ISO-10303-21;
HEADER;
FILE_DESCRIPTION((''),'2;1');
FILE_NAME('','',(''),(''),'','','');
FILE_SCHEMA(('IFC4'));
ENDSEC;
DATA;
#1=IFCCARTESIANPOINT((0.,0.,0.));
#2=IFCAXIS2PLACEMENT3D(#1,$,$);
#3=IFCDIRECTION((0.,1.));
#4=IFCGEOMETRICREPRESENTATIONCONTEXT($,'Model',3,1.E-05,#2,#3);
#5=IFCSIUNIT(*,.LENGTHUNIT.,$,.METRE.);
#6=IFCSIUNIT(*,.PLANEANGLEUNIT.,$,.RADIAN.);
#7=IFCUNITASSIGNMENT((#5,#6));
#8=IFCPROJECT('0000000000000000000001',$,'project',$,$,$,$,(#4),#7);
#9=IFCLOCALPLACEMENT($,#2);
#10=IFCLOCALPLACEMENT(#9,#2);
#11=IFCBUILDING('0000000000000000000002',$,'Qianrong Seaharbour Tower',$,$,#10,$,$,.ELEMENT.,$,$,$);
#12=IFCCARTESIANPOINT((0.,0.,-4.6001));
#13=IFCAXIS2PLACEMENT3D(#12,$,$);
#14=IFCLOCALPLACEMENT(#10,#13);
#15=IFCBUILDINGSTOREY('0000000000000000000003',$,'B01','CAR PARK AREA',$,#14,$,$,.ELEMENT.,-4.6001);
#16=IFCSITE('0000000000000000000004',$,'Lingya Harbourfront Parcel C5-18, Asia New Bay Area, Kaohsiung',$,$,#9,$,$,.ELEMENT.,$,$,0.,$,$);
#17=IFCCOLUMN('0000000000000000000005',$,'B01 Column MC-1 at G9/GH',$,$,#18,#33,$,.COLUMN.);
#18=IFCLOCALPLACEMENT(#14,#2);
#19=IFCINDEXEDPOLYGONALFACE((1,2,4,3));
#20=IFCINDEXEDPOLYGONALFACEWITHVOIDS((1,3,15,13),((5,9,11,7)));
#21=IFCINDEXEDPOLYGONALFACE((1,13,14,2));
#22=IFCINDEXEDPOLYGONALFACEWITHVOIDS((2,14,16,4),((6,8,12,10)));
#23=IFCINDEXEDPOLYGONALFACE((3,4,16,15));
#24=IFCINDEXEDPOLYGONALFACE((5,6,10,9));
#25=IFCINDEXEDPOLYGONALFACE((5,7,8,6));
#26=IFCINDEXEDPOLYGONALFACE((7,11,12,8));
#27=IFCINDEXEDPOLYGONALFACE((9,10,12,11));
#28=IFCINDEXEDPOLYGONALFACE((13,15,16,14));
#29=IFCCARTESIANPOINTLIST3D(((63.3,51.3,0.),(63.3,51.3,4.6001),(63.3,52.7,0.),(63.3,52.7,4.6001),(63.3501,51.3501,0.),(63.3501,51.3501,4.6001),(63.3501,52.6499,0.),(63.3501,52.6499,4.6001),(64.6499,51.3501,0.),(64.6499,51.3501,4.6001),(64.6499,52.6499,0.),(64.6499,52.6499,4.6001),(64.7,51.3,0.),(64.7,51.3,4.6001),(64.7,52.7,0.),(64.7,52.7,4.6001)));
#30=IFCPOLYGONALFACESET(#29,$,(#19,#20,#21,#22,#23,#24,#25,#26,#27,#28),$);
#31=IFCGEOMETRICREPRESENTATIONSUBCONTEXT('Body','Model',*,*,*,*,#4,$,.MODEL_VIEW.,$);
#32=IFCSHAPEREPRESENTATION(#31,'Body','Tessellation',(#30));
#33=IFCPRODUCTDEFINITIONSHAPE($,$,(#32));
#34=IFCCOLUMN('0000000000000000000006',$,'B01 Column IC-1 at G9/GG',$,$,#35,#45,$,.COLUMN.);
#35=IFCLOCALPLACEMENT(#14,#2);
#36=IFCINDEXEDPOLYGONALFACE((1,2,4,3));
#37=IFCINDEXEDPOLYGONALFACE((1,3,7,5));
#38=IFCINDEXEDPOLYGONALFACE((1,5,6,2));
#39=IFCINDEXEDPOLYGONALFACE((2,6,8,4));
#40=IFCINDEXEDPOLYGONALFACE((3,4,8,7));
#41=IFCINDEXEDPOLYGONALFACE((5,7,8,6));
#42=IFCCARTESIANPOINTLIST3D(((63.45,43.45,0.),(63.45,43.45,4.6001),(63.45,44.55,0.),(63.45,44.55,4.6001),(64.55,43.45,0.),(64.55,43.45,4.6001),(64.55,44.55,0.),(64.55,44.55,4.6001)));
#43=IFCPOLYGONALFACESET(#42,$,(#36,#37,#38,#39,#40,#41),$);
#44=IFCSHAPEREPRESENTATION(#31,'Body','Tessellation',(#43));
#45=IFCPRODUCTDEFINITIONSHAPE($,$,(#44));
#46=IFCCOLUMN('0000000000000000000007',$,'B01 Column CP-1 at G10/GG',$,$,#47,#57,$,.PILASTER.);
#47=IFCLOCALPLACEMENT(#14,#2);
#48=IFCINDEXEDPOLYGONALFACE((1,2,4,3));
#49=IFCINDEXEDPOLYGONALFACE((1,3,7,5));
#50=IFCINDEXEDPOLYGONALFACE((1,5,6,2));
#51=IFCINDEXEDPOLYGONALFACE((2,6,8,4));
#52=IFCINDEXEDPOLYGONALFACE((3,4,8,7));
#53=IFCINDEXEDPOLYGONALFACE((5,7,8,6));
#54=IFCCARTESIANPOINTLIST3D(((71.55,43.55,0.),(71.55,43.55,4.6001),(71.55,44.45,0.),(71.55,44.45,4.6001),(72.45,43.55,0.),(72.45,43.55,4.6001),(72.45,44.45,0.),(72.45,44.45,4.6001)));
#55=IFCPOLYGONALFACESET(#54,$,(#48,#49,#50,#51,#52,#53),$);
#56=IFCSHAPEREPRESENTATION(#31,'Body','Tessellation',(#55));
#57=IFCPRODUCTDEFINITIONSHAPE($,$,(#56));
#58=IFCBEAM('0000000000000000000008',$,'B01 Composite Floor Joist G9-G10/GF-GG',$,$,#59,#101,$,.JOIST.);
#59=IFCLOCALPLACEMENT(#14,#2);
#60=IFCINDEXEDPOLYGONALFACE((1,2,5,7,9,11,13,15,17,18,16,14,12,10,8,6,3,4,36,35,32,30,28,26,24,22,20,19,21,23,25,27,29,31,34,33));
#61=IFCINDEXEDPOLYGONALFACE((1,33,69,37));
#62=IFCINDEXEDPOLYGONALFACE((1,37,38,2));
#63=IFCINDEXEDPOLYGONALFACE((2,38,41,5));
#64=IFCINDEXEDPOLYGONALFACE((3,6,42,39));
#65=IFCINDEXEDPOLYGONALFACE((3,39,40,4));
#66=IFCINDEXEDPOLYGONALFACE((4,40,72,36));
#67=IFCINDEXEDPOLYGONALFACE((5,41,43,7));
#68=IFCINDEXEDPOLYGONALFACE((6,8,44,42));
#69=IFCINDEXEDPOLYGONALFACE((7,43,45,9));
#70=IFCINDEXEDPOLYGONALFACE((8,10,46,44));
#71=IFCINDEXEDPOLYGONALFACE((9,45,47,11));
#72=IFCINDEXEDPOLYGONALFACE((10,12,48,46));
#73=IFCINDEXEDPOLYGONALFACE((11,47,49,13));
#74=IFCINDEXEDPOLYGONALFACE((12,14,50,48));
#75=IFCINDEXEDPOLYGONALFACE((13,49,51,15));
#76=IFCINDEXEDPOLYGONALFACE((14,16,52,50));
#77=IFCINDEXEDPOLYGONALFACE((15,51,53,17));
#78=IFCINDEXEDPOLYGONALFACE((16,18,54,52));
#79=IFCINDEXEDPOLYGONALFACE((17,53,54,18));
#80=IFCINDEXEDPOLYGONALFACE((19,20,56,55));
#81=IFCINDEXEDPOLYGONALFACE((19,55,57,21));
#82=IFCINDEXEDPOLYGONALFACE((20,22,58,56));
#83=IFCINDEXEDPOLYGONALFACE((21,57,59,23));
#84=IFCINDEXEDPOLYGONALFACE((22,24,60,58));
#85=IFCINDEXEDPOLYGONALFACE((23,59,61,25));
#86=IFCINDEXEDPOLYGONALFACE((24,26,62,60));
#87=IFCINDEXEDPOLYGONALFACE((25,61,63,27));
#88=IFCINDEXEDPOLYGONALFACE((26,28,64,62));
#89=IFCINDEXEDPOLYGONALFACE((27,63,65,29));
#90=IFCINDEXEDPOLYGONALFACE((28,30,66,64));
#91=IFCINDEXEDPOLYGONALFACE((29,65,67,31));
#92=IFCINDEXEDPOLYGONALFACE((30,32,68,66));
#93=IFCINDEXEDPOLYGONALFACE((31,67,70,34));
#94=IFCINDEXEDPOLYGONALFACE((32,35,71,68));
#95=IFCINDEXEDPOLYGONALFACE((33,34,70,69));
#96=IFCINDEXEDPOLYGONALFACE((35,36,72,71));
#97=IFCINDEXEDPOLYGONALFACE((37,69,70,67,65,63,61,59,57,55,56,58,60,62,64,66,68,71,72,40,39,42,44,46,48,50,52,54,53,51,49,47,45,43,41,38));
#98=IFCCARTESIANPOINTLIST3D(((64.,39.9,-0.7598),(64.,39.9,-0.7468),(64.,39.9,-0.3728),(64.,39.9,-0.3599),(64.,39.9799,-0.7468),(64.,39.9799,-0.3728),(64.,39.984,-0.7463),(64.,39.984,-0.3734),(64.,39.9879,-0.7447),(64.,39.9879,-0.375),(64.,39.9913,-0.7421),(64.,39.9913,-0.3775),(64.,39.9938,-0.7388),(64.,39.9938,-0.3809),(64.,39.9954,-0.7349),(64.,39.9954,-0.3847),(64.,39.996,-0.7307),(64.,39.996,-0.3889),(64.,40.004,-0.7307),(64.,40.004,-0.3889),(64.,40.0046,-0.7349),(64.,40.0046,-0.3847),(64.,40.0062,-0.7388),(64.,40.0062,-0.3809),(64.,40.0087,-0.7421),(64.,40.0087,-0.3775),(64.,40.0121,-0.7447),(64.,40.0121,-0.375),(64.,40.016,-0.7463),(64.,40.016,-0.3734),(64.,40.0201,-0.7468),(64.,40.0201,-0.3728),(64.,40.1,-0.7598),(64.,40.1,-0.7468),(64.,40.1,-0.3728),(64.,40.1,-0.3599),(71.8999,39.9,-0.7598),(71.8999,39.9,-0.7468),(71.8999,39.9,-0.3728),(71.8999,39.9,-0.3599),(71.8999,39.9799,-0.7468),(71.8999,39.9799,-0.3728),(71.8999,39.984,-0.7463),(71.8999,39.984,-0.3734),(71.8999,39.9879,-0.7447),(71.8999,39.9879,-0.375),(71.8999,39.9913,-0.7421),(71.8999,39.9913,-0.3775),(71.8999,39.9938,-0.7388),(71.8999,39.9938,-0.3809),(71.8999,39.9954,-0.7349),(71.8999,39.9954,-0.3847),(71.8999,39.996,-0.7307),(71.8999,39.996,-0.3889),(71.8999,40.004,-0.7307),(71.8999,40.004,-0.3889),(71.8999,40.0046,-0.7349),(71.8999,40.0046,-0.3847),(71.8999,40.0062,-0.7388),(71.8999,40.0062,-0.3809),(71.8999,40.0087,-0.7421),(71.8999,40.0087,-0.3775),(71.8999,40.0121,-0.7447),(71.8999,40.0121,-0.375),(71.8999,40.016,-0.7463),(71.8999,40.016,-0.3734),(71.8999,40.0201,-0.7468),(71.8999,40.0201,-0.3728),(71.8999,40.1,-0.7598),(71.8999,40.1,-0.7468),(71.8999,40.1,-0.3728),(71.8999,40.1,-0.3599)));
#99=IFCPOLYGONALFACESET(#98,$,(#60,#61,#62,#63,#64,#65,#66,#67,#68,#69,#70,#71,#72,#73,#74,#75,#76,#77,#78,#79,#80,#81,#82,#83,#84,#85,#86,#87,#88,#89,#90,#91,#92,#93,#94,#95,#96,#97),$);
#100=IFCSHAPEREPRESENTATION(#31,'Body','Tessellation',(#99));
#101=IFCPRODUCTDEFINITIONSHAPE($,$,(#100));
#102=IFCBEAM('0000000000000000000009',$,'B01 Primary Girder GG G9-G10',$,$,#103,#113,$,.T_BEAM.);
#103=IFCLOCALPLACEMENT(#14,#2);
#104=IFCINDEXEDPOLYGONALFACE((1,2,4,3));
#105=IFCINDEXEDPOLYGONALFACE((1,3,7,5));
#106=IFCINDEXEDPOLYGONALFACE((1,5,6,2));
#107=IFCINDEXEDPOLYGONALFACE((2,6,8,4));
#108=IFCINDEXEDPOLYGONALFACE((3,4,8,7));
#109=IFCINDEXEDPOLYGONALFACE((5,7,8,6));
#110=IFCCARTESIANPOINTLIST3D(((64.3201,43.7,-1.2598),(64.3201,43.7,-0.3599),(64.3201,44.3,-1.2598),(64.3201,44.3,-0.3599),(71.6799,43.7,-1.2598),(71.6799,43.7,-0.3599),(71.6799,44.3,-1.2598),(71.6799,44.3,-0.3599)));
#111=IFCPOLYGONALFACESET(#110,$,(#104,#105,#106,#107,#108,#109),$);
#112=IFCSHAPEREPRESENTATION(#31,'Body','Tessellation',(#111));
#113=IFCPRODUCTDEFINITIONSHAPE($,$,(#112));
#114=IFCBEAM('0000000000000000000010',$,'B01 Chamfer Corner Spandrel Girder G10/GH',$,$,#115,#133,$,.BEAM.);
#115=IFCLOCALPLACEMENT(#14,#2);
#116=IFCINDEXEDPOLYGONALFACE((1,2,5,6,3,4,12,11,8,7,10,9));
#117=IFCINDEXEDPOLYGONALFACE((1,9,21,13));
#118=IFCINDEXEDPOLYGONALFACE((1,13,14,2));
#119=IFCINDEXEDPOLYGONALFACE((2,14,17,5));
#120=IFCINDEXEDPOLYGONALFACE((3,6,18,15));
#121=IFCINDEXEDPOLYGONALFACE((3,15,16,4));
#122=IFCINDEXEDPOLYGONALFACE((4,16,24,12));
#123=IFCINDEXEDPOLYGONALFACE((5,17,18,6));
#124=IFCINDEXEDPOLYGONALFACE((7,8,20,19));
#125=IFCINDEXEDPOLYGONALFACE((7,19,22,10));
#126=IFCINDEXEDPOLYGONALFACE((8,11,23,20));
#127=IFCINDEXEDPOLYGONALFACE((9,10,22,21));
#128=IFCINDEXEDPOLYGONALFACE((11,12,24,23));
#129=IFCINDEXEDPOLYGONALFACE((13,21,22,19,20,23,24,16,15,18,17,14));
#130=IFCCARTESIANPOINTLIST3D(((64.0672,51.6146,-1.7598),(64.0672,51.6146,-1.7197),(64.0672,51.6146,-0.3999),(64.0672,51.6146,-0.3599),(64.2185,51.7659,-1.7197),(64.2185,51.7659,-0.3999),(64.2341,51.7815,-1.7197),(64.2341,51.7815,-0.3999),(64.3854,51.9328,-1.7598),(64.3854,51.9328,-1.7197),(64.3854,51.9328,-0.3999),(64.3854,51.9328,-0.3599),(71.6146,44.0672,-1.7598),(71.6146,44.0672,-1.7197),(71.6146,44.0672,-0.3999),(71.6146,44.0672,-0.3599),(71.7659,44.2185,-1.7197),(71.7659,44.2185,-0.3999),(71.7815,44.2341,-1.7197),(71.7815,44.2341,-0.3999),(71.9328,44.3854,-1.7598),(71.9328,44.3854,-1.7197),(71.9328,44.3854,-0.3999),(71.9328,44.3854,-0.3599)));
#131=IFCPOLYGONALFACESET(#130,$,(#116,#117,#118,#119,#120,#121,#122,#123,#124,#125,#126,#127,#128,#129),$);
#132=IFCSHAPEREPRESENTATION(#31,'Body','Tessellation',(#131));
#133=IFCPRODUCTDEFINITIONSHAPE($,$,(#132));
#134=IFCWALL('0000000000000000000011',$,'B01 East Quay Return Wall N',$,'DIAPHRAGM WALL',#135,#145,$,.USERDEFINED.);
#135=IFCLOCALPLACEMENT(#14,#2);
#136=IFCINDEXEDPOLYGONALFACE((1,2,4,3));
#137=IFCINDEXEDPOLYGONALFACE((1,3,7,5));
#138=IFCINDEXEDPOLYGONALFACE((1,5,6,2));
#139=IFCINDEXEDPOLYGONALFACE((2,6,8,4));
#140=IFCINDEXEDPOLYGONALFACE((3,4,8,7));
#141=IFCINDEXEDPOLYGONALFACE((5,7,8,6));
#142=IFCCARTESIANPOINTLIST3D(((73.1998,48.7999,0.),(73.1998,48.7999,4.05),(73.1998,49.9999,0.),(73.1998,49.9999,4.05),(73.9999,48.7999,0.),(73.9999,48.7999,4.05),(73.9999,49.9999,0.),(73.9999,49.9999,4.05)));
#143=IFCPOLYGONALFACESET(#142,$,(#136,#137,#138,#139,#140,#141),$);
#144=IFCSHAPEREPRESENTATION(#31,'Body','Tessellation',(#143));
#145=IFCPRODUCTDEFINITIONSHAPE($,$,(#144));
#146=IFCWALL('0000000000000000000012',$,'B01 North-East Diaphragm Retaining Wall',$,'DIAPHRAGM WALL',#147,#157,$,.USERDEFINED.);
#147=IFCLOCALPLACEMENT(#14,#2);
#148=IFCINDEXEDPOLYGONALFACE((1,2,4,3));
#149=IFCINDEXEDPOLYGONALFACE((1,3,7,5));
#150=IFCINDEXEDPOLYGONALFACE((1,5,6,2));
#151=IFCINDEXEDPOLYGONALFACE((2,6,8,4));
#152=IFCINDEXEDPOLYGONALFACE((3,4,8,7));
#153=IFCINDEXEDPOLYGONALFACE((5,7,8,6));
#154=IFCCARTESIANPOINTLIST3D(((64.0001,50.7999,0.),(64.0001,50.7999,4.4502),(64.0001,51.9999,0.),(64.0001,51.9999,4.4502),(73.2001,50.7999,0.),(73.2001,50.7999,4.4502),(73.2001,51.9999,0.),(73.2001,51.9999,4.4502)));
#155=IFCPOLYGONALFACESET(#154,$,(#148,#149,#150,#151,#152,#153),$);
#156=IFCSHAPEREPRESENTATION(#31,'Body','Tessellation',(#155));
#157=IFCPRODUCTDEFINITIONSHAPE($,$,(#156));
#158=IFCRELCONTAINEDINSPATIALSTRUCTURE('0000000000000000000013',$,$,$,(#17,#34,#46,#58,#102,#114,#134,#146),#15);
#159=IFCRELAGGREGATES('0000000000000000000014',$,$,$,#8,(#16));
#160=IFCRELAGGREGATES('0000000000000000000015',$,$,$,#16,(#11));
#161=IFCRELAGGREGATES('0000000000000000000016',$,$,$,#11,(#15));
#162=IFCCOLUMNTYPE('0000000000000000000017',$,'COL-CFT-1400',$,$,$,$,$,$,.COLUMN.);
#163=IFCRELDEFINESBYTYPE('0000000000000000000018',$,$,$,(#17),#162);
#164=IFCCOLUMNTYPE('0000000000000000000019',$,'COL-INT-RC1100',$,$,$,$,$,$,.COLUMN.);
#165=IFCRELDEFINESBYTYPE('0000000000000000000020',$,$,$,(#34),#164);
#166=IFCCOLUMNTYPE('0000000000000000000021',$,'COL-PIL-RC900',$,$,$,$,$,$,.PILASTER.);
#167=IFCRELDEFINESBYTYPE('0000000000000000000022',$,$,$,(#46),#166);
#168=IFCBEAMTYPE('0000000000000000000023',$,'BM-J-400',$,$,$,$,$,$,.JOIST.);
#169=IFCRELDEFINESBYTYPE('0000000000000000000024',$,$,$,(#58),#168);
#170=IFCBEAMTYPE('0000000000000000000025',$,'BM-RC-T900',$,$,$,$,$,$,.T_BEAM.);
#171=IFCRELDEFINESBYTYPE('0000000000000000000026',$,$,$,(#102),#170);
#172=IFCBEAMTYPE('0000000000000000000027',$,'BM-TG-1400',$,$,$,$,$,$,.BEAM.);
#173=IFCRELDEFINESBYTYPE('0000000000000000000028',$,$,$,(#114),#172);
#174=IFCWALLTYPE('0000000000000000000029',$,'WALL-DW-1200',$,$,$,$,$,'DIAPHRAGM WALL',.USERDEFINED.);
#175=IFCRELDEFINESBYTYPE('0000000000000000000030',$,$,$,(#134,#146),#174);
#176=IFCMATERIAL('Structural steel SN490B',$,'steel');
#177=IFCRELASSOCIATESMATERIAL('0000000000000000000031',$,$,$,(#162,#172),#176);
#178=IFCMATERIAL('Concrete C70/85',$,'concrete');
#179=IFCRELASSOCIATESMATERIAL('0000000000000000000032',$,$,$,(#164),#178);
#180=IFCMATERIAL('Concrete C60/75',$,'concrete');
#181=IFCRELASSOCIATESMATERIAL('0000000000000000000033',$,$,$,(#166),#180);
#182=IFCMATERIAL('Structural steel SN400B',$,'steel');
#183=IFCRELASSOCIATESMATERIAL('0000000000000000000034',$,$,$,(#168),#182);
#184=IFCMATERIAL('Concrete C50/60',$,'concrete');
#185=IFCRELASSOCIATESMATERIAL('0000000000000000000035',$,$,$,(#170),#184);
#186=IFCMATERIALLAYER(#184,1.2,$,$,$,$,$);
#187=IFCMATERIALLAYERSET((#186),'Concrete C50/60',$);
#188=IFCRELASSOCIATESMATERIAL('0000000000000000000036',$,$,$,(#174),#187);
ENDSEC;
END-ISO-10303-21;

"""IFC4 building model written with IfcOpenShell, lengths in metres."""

from ifc_helpers import new_model, si_unit, direction, frame, frame_2d, origin, origin_2d, place, context, subcontext, project, spatial, rectangle, hollow_rectangle, i_section, extrude, material, layer, layer_set, material_profile, profile_set, type_object, element, save


model = new_model("IFC4")

# Units and contexts
model_context = context("Model", 3, precision=1e-05, world=origin(), true_north=direction((0.0, 1.0)))
body_context = subcontext(model_context, "Body", "Model", "MODEL_VIEW")
ifc_project = project(units=[si_unit("LENGTHUNIT", "METRE"), si_unit("PLANEANGLEUNIT", "RADIAN")], contexts=[model_context])

# Site, building, storey
site_placement = place(None, origin())
site = spatial("IfcSite", under=ifc_project, at=site_placement, Name="Lingya Harbourfront Parcel C5-18, Asia New Bay Area, Kaohsiung", CompositionType="ELEMENT", RefElevation=0.0)
building_placement = place(site_placement, origin())
building = spatial("IfcBuilding", under=site, at=building_placement, Name="Qianrong Seaharbour Tower", CompositionType="ELEMENT")
storey_placement = place(building_placement, frame((0.0, 0.0, -4.6001)))
storey = spatial("IfcBuildingStorey", under=building, at=storey_placement, Name="B01", Description="CAR PARK AREA", CompositionType="ELEMENT", Elevation=-4.6001)

# Columns
ifc_material_1 = material(Name="Structural steel SN490B", Category="steel")
ifc_material_profile_1 = material_profile(ifc_material_1, hollow_rectangle(XDim=1.3999, YDim=1.3999, WallThickness=0.05, at=origin_2d()), Name="BOX1400x1400x50")
ifc_profile_set_1 = profile_set([ifc_material_profile_1], Name="Structural steel SN490B")
column_type_1 = type_object("IfcColumnType", Name="COL-CFT-1400", PredefinedType="COLUMN", material=ifc_profile_set_1)
column_1_placement = place(storey_placement, frame((64.0, 52.0, 0.0), z_axis=(0.0, 0.0, 1.0), x_axis=(1.0, 0.0, 0.0)))
element("IfcColumn", 1, at=column_1_placement, inside=storey, type_object=column_type_1, Name="B01 Column MC-1 at G9/GH", PredefinedType="COLUMN", context=body_context, shape_type="SweptSolid", body=[
    extrude(hollow_rectangle(XDim=1.3999, YDim=1.3999, WallThickness=0.05, at=origin_2d()), origin(), (0.0, 0.0, 1.0), 4.6001),
])
ifc_material_2 = material(Name="Concrete C70/85", Category="concrete")
ifc_material_profile_2 = material_profile(ifc_material_2, rectangle(XDim=1.1001, YDim=1.1001, at=origin_2d()), Name="RC1100x1100")
ifc_profile_set_2 = profile_set([ifc_material_profile_2], Name="Concrete C70/85")
column_type_2 = type_object("IfcColumnType", Name="COL-INT-RC1100", PredefinedType="COLUMN", material=ifc_profile_set_2)
column_2_placement = place(storey_placement, frame((64.0, 44.0, 0.0), z_axis=(0.0, 0.0, 1.0), x_axis=(1.0, 0.0, 0.0)))
element("IfcColumn", 2, at=column_2_placement, inside=storey, type_object=column_type_2, Name="B01 Column IC-1 at G9/GG", PredefinedType="COLUMN", context=body_context, shape_type="SweptSolid", body=[
    extrude(rectangle(XDim=1.1001, YDim=1.1001, at=origin_2d()), origin(), (0.0, 0.0, 1.0), 4.6001),
])
ifc_material_3 = material(Name="Concrete C60/75", Category="concrete")
ifc_material_profile_3 = material_profile(ifc_material_3, rectangle(XDim=0.8999, YDim=0.8999, at=origin_2d()), Name="RC900x900")
ifc_profile_set_3 = profile_set([ifc_material_profile_3], Name="Concrete C60/75")
column_type_3 = type_object("IfcColumnType", Name="COL-PIL-RC900", PredefinedType="PILASTER", material=ifc_profile_set_3)
column_3_placement = place(storey_placement, frame((72.0, 44.0, 0.0), z_axis=(0.0, 0.0, 1.0), x_axis=(1.0, 0.0, 0.0)))
element("IfcColumn", 3, at=column_3_placement, inside=storey, type_object=column_type_3, Name="B01 Column CP-1 at G10/GG", PredefinedType="PILASTER", context=body_context, shape_type="SweptSolid", body=[
    extrude(rectangle(XDim=0.8999, YDim=0.8999, at=origin_2d()), origin(), (0.0, 0.0, 1.0), 4.6001),
])

# Beams
ifc_material_4 = material(Name="Structural steel SN400B", Category="steel")
ifc_material_profile_4 = material_profile(ifc_material_4, i_section(OverallWidth=0.2, OverallDepth=0.3999, WebThickness=0.0081, FlangeThickness=0.0129, FilletRadius=0.0161, at=origin_2d()), Name="H400x200x8x13")
ifc_profile_set_4 = profile_set([ifc_material_profile_4], Name="Structural steel SN400B")
beam_type_1 = type_object("IfcBeamType", Name="BM-J-400", PredefinedType="JOIST", material=ifc_profile_set_4)
beam_1_placement = place(storey_placement, frame((64.0, 40.0, -0.5598), z_axis=(1.0, 0.0, 0.0), x_axis=(0.0, 1.0, 0.0)))
element("IfcBeam", 4, at=beam_1_placement, inside=storey, type_object=beam_type_1, Name="B01 Composite Floor Joist G9-G10/GF-GG", PredefinedType="JOIST", context=body_context, shape_type="SweptSolid", body=[
    extrude(i_section(OverallWidth=0.2, OverallDepth=0.3999, WebThickness=0.0081, FlangeThickness=0.0129, FilletRadius=0.0161, at=origin_2d()), origin(), (0.0, 0.0, 1.0), 7.8999),
])
ifc_material_5 = material(Name="Concrete C50/60", Category="concrete")
ifc_material_profile_5 = material_profile(ifc_material_5, rectangle(XDim=0.6001, YDim=0.8999, at=origin_2d()), Name="RC600x900")
ifc_profile_set_5 = profile_set([ifc_material_profile_5], Name="Concrete C50/60")
beam_type_2 = type_object("IfcBeamType", Name="BM-RC-T900", PredefinedType="T_BEAM", material=ifc_profile_set_5)
beam_2_placement = place(storey_placement, frame((64.3201, 44.0, -0.8098), z_axis=(1.0, 0.0, 0.0), x_axis=(0.0, 1.0, 0.0)))
element("IfcBeam", 5, at=beam_2_placement, inside=storey, type_object=beam_type_2, Name="B01 Primary Girder GG G9-G10", PredefinedType="T_BEAM", context=body_context, shape_type="SweptSolid", body=[
    extrude(rectangle(XDim=0.6001, YDim=0.8999, at=origin_2d()), origin(), (0.0, 0.0, 1.0), 7.3599),
])
ifc_material_profile_6 = material_profile(ifc_material_1, i_section(OverallWidth=0.45, OverallDepth=1.3999, WebThickness=0.022, FlangeThickness=0.04, at=origin_2d()), Name="BH1400x450x22x40")
ifc_profile_set_6 = profile_set([ifc_material_profile_6], Name="Structural steel SN490B")
beam_type_3 = type_object("IfcBeamType", Name="BM-TG-1400", PredefinedType="BEAM", material=ifc_profile_set_6)
beam_3_placement = place(storey_placement, frame((64.2263, 51.7737, -1.0598), z_axis=(0.707107, -0.707107, 0.0), x_axis=(0.707107, 0.707107, 0.0)))
element("IfcBeam", 6, at=beam_3_placement, inside=storey, type_object=beam_type_3, Name="B01 Chamfer Corner Spandrel Girder G10/GH", PredefinedType="BEAM", context=body_context, shape_type="SweptSolid", body=[
    extrude(i_section(OverallWidth=0.45, OverallDepth=1.3999, WebThickness=0.022, FlangeThickness=0.04, at=origin_2d()), origin(), (0.0, 0.0, 1.0), 10.6736),
])

# Walls
ifc_layer_1 = layer(ifc_material_5, 1.2)
ifc_layer_set_1 = layer_set([ifc_layer_1], Name="Concrete C50/60")
wall_type_1 = type_object("IfcWallType", Name="WALL-DW-1200", ElementType="DIAPHRAGM WALL", PredefinedType="USERDEFINED", material=ifc_layer_set_1)
wall_1_placement = place(storey_placement, frame((73.2, 49.3999, 0.0), z_axis=(0.0, 0.0, 1.0), x_axis=(1.0, 0.0, 0.0)))
element("IfcWall", 7, at=wall_1_placement, inside=storey, type_object=wall_type_1, Name="B01 East Quay Return Wall N", ObjectType="DIAPHRAGM WALL", PredefinedType="USERDEFINED", context=body_context, shape_type="SweptSolid", body=[
    extrude(rectangle(XDim=0.8, YDim=1.2, at=frame_2d((0.3999, 0.0))), origin(), (0.0, 0.0, 1.0), 4.05),
])
wall_2_placement = place(storey_placement, frame((64.0, 51.3999, 0.0), z_axis=(0.0, 0.0, 1.0), x_axis=(1.0, 0.0, 0.0)))
element("IfcWall", 8, at=wall_2_placement, inside=storey, type_object=wall_type_1, Name="B01 North-East Diaphragm Retaining Wall", ObjectType="DIAPHRAGM WALL", PredefinedType="USERDEFINED", context=body_context, shape_type="SweptSolid", body=[
    extrude(rectangle(XDim=9.2, YDim=1.2, at=frame_2d((4.6001, 0.0))), origin(), (0.0, 0.0, 1.0), 4.4502),
])

save(model, "model.ifc")
